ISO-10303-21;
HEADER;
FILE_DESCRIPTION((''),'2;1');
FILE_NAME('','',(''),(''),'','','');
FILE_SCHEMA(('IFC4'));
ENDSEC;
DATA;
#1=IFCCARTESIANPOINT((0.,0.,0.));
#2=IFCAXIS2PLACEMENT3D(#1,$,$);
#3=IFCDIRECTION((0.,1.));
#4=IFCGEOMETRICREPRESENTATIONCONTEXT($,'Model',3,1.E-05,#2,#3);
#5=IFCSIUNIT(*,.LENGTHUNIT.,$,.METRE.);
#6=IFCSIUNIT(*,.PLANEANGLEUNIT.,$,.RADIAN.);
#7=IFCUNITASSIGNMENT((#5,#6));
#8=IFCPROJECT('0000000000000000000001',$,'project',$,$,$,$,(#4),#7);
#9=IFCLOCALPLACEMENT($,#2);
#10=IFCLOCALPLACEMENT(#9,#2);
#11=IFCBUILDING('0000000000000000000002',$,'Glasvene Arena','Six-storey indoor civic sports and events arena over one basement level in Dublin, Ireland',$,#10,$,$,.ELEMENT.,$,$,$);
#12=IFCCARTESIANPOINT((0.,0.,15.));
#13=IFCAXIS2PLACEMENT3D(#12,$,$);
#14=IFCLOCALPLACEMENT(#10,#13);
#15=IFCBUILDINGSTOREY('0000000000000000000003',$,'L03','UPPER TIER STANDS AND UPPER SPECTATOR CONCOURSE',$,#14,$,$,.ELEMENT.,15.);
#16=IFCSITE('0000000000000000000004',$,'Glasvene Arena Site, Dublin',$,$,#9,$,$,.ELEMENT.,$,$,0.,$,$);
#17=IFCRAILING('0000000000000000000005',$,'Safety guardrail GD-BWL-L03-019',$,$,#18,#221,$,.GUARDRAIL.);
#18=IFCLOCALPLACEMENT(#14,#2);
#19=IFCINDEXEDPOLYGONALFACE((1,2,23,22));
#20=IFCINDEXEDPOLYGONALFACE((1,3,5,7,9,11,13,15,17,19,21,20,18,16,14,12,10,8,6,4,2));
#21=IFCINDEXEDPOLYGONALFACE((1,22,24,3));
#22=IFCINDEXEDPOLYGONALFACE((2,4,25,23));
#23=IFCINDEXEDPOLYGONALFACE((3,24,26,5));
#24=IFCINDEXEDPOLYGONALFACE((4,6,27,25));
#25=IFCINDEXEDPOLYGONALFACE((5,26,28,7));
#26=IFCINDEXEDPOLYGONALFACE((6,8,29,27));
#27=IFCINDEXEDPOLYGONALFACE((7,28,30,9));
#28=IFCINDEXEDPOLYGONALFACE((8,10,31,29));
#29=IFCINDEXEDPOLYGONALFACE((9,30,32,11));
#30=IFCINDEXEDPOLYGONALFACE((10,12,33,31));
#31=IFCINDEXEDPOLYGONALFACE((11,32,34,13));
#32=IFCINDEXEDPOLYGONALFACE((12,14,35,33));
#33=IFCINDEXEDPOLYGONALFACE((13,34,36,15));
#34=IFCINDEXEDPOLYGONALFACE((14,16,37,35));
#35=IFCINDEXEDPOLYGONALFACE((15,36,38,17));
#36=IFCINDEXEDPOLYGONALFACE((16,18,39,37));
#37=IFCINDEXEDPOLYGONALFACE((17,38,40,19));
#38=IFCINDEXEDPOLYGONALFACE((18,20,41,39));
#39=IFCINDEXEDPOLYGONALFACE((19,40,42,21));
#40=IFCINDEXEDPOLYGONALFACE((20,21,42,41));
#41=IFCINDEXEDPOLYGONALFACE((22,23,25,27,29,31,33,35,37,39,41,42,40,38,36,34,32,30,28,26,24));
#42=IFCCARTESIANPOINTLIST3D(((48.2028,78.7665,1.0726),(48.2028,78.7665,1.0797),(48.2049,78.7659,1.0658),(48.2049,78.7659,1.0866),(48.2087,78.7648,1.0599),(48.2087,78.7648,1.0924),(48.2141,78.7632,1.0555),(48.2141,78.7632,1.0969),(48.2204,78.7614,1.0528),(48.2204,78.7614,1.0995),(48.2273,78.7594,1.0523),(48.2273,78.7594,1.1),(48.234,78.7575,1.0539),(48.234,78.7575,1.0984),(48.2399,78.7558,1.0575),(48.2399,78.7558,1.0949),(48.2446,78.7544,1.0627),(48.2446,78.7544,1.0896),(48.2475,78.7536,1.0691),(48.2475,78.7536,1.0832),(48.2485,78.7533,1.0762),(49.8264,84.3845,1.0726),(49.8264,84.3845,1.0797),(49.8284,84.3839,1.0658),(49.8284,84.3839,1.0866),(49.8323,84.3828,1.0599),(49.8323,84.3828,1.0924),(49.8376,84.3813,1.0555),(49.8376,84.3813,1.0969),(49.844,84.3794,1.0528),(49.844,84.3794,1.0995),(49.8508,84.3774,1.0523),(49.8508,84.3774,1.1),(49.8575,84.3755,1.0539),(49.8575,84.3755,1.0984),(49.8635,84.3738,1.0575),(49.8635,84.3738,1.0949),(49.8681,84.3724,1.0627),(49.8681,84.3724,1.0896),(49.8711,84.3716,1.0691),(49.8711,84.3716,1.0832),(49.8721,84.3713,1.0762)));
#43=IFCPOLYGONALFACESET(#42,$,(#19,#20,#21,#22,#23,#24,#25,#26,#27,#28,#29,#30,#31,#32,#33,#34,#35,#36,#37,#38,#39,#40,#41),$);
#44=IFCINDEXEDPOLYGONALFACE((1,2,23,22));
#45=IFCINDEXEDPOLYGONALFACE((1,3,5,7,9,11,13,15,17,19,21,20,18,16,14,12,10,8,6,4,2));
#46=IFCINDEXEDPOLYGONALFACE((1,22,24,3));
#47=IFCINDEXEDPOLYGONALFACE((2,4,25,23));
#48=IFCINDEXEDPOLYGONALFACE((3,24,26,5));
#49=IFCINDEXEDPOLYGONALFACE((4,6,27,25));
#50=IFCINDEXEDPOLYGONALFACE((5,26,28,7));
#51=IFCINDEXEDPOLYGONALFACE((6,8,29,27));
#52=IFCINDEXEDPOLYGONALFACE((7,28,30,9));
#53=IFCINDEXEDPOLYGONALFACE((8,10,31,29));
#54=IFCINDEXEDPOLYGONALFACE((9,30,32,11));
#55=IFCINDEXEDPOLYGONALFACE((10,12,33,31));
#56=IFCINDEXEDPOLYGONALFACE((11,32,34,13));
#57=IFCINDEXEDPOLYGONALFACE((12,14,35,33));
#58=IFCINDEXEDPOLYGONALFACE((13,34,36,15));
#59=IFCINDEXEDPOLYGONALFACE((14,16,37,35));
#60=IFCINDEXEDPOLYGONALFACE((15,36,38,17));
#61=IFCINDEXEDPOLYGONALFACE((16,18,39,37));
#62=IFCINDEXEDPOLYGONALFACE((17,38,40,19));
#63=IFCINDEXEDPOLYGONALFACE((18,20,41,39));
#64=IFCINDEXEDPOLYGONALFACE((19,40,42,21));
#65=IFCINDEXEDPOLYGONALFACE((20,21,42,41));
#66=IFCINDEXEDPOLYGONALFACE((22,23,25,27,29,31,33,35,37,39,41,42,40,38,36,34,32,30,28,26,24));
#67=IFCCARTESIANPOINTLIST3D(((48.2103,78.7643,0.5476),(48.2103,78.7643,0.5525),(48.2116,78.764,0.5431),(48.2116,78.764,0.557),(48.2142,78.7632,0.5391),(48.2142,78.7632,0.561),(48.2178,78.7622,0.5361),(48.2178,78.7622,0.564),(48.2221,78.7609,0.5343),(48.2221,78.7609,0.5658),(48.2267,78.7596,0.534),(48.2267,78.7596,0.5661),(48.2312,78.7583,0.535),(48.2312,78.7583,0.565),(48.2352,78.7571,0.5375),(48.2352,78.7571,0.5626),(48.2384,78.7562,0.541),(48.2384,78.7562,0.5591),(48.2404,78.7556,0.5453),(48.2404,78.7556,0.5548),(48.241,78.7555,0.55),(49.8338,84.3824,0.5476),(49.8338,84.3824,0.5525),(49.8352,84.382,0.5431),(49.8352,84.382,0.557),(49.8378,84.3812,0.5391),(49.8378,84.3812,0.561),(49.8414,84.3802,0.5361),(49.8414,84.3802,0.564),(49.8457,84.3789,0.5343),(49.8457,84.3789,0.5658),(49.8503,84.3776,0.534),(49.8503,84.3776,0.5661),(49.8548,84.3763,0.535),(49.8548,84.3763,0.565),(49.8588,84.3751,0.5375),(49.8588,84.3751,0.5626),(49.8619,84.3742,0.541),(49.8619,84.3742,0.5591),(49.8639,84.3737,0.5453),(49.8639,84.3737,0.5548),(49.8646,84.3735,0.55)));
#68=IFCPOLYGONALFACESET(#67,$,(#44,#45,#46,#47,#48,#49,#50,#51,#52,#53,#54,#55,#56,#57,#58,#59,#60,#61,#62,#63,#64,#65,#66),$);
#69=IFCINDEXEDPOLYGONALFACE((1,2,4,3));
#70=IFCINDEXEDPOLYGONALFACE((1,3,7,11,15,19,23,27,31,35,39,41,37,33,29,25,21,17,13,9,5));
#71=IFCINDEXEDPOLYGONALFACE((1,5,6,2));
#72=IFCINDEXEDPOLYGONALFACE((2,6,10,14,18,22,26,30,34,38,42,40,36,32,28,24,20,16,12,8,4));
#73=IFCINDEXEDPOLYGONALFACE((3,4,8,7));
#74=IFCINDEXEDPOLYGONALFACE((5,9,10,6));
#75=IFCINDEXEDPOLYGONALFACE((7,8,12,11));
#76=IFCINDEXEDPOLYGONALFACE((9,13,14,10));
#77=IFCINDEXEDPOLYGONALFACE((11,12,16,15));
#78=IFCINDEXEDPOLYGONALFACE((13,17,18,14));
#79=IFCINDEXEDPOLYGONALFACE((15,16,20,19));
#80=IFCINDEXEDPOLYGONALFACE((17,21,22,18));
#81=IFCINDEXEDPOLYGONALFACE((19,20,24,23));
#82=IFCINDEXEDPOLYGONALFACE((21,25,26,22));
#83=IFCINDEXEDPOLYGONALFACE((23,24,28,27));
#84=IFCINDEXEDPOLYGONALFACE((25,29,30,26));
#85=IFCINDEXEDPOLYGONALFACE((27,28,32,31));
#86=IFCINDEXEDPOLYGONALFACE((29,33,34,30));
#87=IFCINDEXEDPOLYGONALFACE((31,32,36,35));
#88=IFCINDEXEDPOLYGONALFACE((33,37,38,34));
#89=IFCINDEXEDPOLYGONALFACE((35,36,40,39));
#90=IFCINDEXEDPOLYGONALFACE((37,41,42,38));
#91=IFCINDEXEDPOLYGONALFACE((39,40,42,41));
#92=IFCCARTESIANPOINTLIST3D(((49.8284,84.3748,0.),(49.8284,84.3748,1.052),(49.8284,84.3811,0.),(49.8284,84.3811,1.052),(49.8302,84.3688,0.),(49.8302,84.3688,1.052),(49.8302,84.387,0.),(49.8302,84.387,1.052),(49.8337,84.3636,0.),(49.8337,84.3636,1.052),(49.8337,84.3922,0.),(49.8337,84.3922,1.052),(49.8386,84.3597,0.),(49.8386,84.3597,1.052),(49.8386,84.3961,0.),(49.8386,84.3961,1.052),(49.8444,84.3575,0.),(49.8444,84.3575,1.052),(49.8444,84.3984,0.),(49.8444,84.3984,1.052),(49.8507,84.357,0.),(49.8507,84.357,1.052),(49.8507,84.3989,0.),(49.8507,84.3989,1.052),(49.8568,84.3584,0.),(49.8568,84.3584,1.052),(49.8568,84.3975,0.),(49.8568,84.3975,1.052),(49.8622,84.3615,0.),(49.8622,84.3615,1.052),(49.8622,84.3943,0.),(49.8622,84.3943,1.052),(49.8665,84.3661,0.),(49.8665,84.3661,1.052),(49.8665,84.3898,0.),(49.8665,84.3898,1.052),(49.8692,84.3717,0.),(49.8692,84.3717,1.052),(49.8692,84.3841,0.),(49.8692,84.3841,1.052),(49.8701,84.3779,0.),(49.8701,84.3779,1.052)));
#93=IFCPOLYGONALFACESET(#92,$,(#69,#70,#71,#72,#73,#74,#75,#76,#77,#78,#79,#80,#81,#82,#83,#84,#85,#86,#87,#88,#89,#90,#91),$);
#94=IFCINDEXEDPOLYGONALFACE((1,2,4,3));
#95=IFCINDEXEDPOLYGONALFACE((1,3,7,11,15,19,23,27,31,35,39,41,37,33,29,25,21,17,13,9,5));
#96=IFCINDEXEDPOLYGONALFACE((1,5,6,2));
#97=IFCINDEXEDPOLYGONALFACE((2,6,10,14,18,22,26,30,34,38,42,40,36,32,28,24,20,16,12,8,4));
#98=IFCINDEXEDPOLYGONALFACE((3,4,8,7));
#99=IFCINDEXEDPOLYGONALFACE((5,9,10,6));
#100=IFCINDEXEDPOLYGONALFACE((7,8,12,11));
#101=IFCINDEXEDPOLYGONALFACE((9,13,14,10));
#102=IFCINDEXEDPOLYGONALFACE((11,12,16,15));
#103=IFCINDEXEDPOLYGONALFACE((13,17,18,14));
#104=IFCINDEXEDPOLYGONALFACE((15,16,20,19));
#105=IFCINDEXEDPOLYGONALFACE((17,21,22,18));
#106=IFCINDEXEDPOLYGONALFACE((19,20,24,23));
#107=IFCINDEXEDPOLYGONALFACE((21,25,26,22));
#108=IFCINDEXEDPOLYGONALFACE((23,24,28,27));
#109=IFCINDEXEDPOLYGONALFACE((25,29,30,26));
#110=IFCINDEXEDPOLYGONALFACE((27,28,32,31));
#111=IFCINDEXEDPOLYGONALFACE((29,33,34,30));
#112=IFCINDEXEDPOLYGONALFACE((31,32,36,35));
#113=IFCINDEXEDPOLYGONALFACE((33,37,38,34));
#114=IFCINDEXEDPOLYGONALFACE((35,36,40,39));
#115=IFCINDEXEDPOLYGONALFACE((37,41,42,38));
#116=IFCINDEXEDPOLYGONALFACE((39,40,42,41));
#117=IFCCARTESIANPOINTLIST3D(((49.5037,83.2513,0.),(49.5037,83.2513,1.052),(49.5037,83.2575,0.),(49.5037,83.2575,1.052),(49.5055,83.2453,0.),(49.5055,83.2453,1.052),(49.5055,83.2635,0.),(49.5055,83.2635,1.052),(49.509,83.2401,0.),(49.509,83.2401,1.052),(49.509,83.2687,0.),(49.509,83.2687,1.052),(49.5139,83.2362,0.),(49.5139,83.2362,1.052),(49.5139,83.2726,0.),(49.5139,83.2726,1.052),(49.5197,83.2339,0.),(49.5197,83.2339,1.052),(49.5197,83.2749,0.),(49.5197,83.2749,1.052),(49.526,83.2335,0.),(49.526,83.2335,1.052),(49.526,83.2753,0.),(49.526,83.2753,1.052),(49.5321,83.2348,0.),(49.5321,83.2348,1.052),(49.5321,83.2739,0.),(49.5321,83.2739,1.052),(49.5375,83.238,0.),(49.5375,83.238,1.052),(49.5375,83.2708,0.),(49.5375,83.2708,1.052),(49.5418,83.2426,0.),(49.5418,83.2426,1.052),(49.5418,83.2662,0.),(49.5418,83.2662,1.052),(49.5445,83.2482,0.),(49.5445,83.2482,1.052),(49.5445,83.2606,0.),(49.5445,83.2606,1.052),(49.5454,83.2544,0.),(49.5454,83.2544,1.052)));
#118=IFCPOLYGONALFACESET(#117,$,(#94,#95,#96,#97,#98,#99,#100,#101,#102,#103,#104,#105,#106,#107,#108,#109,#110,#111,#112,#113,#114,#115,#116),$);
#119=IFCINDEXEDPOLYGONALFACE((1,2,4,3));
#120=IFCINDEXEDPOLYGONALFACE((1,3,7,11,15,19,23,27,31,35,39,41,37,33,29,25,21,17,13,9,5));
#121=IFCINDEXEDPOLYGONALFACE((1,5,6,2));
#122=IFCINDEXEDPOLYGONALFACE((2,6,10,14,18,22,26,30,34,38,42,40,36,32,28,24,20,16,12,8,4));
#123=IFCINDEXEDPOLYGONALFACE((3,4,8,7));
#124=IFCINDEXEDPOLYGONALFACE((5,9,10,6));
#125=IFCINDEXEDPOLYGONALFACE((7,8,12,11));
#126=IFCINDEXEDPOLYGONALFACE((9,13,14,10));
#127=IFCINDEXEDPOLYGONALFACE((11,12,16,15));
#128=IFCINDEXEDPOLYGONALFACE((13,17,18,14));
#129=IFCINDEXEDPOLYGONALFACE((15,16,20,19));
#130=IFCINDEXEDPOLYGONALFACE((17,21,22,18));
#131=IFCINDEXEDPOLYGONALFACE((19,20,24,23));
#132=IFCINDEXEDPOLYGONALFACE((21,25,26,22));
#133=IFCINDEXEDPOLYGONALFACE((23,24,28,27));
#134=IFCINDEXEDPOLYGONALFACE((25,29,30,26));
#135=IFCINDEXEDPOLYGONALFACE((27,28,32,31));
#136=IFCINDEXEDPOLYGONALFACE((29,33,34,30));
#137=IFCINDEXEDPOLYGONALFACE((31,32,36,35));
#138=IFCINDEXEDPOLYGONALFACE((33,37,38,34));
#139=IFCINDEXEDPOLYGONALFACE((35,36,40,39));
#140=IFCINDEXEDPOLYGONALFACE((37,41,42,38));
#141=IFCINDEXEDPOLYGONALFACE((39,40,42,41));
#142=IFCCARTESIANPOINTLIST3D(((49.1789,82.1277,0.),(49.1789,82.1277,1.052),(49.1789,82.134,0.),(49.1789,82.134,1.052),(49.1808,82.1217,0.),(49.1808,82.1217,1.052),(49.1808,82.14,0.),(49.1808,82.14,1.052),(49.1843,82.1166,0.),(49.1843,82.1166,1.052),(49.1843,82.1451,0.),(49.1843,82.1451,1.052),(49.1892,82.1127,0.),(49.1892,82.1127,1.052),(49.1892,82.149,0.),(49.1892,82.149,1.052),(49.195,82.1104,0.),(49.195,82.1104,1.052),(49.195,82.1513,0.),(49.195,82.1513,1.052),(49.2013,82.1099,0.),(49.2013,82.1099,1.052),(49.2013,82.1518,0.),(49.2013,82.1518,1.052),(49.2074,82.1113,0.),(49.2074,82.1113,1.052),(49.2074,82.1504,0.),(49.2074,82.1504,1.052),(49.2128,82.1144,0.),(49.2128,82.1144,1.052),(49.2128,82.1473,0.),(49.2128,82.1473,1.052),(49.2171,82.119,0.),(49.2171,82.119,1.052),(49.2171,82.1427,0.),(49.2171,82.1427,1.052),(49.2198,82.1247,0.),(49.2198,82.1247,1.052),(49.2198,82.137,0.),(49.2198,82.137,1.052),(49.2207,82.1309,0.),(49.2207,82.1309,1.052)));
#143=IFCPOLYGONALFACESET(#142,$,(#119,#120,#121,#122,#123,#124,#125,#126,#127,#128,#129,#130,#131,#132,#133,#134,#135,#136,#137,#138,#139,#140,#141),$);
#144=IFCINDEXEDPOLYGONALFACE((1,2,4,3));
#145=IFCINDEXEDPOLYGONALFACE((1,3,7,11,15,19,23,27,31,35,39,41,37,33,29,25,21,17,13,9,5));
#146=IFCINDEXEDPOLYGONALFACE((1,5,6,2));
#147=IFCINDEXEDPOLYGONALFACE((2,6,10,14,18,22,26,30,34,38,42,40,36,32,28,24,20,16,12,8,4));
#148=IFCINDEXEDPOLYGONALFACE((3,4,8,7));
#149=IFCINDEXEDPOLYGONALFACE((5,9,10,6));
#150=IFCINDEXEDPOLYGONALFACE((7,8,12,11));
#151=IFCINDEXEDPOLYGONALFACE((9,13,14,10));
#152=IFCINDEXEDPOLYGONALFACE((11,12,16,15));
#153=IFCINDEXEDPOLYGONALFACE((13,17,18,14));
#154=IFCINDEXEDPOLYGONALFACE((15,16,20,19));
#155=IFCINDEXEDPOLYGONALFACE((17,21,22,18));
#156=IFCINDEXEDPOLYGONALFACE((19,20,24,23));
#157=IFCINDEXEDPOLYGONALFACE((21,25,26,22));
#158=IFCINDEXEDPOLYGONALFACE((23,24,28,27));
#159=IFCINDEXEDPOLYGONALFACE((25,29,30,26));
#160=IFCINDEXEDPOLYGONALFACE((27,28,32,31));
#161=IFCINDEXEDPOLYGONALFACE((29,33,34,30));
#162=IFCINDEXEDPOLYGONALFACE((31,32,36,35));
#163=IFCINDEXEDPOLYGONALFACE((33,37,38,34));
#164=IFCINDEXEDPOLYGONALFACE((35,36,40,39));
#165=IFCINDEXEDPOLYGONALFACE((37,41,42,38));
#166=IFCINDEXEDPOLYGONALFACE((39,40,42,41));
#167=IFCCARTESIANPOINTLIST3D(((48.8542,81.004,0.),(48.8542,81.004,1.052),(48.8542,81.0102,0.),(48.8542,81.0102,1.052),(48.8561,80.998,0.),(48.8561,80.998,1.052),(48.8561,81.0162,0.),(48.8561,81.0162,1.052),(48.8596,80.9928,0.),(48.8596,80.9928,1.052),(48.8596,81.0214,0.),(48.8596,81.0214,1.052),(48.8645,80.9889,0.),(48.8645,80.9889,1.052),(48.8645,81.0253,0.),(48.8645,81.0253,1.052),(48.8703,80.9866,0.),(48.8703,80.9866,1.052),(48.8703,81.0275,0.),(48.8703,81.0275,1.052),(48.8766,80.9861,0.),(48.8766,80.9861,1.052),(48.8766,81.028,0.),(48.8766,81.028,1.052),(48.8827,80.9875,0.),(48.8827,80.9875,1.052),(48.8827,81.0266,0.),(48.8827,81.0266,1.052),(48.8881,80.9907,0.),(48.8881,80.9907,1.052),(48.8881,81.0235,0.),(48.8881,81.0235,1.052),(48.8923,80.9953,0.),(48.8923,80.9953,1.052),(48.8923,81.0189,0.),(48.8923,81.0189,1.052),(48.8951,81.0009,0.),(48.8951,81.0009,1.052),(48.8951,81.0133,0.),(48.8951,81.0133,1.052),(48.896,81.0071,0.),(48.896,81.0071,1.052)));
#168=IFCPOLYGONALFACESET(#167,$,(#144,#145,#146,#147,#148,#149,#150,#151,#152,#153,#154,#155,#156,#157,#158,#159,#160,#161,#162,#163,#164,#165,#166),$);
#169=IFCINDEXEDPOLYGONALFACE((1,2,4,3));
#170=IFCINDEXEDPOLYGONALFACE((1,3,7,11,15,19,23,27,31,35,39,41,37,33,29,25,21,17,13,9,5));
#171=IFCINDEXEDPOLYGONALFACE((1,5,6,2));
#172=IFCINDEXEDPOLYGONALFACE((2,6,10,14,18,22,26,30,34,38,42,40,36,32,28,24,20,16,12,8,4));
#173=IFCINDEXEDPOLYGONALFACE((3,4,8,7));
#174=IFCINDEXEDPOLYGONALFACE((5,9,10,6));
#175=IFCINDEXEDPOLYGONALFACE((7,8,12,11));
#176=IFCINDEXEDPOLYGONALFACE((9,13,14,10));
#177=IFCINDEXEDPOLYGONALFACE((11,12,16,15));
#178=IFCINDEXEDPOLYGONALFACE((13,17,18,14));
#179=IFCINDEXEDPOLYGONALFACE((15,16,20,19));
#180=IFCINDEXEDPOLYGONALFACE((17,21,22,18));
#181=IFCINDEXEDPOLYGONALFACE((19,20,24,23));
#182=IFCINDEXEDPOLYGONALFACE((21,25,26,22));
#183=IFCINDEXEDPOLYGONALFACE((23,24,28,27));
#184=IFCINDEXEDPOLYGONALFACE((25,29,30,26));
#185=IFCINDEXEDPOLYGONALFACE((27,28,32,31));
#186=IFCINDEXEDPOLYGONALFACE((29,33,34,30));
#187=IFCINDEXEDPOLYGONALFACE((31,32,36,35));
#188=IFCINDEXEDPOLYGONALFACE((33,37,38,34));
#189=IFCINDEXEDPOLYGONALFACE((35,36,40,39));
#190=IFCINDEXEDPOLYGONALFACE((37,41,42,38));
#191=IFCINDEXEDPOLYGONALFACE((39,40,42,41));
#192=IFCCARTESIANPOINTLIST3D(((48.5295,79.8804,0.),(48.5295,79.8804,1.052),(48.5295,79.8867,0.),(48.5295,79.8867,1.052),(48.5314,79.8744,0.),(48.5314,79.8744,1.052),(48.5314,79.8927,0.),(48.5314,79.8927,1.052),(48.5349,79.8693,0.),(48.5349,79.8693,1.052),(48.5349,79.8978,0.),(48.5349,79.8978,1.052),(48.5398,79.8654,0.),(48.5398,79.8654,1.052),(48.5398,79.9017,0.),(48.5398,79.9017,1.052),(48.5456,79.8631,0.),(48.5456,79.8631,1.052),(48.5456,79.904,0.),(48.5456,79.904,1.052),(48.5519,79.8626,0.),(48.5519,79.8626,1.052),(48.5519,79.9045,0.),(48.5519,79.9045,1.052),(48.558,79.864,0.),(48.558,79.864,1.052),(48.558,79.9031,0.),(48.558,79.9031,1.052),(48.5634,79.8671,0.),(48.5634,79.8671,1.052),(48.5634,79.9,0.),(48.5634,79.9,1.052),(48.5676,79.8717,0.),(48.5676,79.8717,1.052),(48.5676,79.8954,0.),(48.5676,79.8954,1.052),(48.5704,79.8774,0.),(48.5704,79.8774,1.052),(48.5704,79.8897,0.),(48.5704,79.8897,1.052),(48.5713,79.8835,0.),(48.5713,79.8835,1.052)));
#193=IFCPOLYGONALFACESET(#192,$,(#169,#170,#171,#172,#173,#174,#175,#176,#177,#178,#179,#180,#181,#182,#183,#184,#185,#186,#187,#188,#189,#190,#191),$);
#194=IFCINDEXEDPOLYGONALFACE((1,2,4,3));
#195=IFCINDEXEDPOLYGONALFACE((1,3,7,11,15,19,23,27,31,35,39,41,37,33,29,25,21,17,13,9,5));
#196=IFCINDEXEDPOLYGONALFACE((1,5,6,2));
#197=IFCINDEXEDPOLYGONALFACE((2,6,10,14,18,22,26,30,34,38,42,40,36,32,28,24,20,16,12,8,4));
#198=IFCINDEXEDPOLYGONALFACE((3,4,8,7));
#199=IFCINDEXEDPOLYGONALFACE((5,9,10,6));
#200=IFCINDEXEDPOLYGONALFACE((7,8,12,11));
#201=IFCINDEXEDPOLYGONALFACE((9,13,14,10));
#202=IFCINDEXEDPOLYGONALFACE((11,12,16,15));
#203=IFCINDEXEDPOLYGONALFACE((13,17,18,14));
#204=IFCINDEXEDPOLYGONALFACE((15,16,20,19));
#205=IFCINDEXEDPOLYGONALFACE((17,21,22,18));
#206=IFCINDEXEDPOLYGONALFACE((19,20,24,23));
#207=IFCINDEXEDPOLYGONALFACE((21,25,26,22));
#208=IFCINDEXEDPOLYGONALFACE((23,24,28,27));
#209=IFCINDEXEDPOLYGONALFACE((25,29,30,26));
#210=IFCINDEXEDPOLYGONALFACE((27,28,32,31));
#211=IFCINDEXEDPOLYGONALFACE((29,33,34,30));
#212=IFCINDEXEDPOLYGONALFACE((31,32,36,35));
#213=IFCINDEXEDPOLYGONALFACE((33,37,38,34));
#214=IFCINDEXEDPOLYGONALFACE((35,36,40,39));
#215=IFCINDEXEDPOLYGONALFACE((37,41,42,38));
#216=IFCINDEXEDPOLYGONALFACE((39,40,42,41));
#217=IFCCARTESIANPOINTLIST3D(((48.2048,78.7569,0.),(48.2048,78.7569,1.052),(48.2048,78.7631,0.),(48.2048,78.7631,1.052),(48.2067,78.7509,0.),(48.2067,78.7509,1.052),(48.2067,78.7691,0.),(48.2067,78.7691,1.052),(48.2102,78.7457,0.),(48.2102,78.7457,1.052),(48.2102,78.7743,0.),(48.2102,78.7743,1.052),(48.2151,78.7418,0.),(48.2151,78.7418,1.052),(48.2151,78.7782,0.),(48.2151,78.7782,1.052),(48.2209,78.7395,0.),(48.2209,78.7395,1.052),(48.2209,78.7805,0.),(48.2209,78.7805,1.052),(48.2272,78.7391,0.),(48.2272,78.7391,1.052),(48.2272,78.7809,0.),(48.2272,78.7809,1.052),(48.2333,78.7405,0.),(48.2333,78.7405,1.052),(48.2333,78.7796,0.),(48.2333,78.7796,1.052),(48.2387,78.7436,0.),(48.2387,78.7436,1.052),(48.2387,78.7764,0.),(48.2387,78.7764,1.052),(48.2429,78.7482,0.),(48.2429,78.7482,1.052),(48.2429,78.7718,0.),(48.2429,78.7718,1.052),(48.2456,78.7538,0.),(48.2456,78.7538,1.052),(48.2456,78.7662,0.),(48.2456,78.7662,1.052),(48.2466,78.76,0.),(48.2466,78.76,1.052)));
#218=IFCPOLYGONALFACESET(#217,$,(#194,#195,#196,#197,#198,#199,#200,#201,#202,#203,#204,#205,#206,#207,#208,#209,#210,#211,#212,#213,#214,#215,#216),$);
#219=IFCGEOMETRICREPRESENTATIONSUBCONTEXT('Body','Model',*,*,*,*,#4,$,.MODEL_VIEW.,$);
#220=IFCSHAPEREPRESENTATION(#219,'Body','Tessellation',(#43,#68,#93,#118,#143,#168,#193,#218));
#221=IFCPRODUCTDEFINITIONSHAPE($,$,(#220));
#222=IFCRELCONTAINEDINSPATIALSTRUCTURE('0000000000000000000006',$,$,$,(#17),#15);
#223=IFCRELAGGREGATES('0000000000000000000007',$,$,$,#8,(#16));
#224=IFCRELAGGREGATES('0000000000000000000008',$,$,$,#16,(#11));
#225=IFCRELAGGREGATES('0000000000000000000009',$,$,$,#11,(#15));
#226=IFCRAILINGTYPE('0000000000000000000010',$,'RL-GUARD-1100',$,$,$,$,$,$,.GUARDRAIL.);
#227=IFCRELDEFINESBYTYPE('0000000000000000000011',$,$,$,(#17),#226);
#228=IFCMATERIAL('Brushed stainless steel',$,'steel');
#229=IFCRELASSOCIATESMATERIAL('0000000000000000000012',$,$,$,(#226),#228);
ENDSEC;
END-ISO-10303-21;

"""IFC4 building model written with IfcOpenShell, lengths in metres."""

from ifc_helpers import new_model, si_unit, direction, frame, origin, origin_2d, place, context, subcontext, project, spatial, circle, extrude, material, type_object, element, save


model = new_model("IFC4")

# Units and contexts
model_context = context("Model", 3, precision=1e-05, world=origin(), true_north=direction((0.0, 1.0)))
body_context = subcontext(model_context, "Body", "Model", "MODEL_VIEW")
ifc_project = project(units=[si_unit("LENGTHUNIT", "METRE"), si_unit("PLANEANGLEUNIT", "RADIAN")], contexts=[model_context])

# Site, building, storey
site_placement = place(None, origin())
site = spatial("IfcSite", under=ifc_project, at=site_placement, Name="Glasvene Arena Site, Dublin", CompositionType="ELEMENT", RefElevation=0.0)
building_placement = place(site_placement, origin())
building = spatial("IfcBuilding", under=site, at=building_placement, Name="Glasvene Arena", Description="Six-storey indoor civic sports and events arena over one basement level in Dublin, Ireland", CompositionType="ELEMENT")
storey_placement = place(building_placement, frame((0.0, 0.0, 15.0)))
storey = spatial("IfcBuildingStorey", under=building, at=storey_placement, Name="L03", Description="UPPER TIER STANDS AND UPPER SPECTATOR CONCOURSE", CompositionType="ELEMENT", Elevation=15.0)

# Shared definitions
ifc_material_1 = material(Name="Brushed stainless steel", Category="steel")

# Railing
railing_type_1 = type_object("IfcRailingType", Name="RL-GUARD-1100", PredefinedType="GUARDRAIL", material=ifc_material_1)
railing_1_placement = place(storey_placement, frame((49.8491, 84.3779, 0.0)))
element("IfcRailing", 1, at=railing_1_placement, inside=storey, type_object=railing_type_1, Name="Safety guardrail GD-BWL-L03-019", PredefinedType="GUARDRAIL", context=body_context, shape_type="SweptSolid", body=[
    extrude(circle(Radius=0.0239, at=origin_2d()), frame((0.0, 0.0, 1.0762), z_axis=(-0.277631, -0.960688, 0.0), x_axis=(0.960688, -0.277631, 0.0)), (0.0, 0.0, 1.0), 5.8479),
    extrude(circle(Radius=0.0161, at=origin_2d()), frame((0.0, 0.0, 0.55), z_axis=(-0.277631, -0.960688, 0.0), x_axis=(0.960688, -0.277631, 0.0)), (0.0, 0.0, 1.0), 5.8479),
    extrude(circle(Radius=0.021, at=origin_2d()), origin(), (0.0, 0.0, 1.0), 1.052),
    extrude(circle(Radius=0.021, at=origin_2d()), frame((-0.3247, -1.1235, 0.0)), (0.0, 0.0, 1.0), 1.052),
    extrude(circle(Radius=0.021, at=origin_2d()), frame((-0.6494, -2.2471, 0.0)), (0.0, 0.0, 1.0), 1.052),
    extrude(circle(Radius=0.021, at=origin_2d()), frame((-0.9741, -3.3708, 0.0)), (0.0, 0.0, 1.0), 1.052),
    extrude(circle(Radius=0.021, at=origin_2d()), frame((-1.2988, -4.4944, 0.0)), (0.0, 0.0, 1.0), 1.052),
    extrude(circle(Radius=0.021, at=origin_2d()), frame((-1.6235, -5.6179, 0.0)), (0.0, 0.0, 1.0), 1.052),
])

save(model, "model.ifc")
